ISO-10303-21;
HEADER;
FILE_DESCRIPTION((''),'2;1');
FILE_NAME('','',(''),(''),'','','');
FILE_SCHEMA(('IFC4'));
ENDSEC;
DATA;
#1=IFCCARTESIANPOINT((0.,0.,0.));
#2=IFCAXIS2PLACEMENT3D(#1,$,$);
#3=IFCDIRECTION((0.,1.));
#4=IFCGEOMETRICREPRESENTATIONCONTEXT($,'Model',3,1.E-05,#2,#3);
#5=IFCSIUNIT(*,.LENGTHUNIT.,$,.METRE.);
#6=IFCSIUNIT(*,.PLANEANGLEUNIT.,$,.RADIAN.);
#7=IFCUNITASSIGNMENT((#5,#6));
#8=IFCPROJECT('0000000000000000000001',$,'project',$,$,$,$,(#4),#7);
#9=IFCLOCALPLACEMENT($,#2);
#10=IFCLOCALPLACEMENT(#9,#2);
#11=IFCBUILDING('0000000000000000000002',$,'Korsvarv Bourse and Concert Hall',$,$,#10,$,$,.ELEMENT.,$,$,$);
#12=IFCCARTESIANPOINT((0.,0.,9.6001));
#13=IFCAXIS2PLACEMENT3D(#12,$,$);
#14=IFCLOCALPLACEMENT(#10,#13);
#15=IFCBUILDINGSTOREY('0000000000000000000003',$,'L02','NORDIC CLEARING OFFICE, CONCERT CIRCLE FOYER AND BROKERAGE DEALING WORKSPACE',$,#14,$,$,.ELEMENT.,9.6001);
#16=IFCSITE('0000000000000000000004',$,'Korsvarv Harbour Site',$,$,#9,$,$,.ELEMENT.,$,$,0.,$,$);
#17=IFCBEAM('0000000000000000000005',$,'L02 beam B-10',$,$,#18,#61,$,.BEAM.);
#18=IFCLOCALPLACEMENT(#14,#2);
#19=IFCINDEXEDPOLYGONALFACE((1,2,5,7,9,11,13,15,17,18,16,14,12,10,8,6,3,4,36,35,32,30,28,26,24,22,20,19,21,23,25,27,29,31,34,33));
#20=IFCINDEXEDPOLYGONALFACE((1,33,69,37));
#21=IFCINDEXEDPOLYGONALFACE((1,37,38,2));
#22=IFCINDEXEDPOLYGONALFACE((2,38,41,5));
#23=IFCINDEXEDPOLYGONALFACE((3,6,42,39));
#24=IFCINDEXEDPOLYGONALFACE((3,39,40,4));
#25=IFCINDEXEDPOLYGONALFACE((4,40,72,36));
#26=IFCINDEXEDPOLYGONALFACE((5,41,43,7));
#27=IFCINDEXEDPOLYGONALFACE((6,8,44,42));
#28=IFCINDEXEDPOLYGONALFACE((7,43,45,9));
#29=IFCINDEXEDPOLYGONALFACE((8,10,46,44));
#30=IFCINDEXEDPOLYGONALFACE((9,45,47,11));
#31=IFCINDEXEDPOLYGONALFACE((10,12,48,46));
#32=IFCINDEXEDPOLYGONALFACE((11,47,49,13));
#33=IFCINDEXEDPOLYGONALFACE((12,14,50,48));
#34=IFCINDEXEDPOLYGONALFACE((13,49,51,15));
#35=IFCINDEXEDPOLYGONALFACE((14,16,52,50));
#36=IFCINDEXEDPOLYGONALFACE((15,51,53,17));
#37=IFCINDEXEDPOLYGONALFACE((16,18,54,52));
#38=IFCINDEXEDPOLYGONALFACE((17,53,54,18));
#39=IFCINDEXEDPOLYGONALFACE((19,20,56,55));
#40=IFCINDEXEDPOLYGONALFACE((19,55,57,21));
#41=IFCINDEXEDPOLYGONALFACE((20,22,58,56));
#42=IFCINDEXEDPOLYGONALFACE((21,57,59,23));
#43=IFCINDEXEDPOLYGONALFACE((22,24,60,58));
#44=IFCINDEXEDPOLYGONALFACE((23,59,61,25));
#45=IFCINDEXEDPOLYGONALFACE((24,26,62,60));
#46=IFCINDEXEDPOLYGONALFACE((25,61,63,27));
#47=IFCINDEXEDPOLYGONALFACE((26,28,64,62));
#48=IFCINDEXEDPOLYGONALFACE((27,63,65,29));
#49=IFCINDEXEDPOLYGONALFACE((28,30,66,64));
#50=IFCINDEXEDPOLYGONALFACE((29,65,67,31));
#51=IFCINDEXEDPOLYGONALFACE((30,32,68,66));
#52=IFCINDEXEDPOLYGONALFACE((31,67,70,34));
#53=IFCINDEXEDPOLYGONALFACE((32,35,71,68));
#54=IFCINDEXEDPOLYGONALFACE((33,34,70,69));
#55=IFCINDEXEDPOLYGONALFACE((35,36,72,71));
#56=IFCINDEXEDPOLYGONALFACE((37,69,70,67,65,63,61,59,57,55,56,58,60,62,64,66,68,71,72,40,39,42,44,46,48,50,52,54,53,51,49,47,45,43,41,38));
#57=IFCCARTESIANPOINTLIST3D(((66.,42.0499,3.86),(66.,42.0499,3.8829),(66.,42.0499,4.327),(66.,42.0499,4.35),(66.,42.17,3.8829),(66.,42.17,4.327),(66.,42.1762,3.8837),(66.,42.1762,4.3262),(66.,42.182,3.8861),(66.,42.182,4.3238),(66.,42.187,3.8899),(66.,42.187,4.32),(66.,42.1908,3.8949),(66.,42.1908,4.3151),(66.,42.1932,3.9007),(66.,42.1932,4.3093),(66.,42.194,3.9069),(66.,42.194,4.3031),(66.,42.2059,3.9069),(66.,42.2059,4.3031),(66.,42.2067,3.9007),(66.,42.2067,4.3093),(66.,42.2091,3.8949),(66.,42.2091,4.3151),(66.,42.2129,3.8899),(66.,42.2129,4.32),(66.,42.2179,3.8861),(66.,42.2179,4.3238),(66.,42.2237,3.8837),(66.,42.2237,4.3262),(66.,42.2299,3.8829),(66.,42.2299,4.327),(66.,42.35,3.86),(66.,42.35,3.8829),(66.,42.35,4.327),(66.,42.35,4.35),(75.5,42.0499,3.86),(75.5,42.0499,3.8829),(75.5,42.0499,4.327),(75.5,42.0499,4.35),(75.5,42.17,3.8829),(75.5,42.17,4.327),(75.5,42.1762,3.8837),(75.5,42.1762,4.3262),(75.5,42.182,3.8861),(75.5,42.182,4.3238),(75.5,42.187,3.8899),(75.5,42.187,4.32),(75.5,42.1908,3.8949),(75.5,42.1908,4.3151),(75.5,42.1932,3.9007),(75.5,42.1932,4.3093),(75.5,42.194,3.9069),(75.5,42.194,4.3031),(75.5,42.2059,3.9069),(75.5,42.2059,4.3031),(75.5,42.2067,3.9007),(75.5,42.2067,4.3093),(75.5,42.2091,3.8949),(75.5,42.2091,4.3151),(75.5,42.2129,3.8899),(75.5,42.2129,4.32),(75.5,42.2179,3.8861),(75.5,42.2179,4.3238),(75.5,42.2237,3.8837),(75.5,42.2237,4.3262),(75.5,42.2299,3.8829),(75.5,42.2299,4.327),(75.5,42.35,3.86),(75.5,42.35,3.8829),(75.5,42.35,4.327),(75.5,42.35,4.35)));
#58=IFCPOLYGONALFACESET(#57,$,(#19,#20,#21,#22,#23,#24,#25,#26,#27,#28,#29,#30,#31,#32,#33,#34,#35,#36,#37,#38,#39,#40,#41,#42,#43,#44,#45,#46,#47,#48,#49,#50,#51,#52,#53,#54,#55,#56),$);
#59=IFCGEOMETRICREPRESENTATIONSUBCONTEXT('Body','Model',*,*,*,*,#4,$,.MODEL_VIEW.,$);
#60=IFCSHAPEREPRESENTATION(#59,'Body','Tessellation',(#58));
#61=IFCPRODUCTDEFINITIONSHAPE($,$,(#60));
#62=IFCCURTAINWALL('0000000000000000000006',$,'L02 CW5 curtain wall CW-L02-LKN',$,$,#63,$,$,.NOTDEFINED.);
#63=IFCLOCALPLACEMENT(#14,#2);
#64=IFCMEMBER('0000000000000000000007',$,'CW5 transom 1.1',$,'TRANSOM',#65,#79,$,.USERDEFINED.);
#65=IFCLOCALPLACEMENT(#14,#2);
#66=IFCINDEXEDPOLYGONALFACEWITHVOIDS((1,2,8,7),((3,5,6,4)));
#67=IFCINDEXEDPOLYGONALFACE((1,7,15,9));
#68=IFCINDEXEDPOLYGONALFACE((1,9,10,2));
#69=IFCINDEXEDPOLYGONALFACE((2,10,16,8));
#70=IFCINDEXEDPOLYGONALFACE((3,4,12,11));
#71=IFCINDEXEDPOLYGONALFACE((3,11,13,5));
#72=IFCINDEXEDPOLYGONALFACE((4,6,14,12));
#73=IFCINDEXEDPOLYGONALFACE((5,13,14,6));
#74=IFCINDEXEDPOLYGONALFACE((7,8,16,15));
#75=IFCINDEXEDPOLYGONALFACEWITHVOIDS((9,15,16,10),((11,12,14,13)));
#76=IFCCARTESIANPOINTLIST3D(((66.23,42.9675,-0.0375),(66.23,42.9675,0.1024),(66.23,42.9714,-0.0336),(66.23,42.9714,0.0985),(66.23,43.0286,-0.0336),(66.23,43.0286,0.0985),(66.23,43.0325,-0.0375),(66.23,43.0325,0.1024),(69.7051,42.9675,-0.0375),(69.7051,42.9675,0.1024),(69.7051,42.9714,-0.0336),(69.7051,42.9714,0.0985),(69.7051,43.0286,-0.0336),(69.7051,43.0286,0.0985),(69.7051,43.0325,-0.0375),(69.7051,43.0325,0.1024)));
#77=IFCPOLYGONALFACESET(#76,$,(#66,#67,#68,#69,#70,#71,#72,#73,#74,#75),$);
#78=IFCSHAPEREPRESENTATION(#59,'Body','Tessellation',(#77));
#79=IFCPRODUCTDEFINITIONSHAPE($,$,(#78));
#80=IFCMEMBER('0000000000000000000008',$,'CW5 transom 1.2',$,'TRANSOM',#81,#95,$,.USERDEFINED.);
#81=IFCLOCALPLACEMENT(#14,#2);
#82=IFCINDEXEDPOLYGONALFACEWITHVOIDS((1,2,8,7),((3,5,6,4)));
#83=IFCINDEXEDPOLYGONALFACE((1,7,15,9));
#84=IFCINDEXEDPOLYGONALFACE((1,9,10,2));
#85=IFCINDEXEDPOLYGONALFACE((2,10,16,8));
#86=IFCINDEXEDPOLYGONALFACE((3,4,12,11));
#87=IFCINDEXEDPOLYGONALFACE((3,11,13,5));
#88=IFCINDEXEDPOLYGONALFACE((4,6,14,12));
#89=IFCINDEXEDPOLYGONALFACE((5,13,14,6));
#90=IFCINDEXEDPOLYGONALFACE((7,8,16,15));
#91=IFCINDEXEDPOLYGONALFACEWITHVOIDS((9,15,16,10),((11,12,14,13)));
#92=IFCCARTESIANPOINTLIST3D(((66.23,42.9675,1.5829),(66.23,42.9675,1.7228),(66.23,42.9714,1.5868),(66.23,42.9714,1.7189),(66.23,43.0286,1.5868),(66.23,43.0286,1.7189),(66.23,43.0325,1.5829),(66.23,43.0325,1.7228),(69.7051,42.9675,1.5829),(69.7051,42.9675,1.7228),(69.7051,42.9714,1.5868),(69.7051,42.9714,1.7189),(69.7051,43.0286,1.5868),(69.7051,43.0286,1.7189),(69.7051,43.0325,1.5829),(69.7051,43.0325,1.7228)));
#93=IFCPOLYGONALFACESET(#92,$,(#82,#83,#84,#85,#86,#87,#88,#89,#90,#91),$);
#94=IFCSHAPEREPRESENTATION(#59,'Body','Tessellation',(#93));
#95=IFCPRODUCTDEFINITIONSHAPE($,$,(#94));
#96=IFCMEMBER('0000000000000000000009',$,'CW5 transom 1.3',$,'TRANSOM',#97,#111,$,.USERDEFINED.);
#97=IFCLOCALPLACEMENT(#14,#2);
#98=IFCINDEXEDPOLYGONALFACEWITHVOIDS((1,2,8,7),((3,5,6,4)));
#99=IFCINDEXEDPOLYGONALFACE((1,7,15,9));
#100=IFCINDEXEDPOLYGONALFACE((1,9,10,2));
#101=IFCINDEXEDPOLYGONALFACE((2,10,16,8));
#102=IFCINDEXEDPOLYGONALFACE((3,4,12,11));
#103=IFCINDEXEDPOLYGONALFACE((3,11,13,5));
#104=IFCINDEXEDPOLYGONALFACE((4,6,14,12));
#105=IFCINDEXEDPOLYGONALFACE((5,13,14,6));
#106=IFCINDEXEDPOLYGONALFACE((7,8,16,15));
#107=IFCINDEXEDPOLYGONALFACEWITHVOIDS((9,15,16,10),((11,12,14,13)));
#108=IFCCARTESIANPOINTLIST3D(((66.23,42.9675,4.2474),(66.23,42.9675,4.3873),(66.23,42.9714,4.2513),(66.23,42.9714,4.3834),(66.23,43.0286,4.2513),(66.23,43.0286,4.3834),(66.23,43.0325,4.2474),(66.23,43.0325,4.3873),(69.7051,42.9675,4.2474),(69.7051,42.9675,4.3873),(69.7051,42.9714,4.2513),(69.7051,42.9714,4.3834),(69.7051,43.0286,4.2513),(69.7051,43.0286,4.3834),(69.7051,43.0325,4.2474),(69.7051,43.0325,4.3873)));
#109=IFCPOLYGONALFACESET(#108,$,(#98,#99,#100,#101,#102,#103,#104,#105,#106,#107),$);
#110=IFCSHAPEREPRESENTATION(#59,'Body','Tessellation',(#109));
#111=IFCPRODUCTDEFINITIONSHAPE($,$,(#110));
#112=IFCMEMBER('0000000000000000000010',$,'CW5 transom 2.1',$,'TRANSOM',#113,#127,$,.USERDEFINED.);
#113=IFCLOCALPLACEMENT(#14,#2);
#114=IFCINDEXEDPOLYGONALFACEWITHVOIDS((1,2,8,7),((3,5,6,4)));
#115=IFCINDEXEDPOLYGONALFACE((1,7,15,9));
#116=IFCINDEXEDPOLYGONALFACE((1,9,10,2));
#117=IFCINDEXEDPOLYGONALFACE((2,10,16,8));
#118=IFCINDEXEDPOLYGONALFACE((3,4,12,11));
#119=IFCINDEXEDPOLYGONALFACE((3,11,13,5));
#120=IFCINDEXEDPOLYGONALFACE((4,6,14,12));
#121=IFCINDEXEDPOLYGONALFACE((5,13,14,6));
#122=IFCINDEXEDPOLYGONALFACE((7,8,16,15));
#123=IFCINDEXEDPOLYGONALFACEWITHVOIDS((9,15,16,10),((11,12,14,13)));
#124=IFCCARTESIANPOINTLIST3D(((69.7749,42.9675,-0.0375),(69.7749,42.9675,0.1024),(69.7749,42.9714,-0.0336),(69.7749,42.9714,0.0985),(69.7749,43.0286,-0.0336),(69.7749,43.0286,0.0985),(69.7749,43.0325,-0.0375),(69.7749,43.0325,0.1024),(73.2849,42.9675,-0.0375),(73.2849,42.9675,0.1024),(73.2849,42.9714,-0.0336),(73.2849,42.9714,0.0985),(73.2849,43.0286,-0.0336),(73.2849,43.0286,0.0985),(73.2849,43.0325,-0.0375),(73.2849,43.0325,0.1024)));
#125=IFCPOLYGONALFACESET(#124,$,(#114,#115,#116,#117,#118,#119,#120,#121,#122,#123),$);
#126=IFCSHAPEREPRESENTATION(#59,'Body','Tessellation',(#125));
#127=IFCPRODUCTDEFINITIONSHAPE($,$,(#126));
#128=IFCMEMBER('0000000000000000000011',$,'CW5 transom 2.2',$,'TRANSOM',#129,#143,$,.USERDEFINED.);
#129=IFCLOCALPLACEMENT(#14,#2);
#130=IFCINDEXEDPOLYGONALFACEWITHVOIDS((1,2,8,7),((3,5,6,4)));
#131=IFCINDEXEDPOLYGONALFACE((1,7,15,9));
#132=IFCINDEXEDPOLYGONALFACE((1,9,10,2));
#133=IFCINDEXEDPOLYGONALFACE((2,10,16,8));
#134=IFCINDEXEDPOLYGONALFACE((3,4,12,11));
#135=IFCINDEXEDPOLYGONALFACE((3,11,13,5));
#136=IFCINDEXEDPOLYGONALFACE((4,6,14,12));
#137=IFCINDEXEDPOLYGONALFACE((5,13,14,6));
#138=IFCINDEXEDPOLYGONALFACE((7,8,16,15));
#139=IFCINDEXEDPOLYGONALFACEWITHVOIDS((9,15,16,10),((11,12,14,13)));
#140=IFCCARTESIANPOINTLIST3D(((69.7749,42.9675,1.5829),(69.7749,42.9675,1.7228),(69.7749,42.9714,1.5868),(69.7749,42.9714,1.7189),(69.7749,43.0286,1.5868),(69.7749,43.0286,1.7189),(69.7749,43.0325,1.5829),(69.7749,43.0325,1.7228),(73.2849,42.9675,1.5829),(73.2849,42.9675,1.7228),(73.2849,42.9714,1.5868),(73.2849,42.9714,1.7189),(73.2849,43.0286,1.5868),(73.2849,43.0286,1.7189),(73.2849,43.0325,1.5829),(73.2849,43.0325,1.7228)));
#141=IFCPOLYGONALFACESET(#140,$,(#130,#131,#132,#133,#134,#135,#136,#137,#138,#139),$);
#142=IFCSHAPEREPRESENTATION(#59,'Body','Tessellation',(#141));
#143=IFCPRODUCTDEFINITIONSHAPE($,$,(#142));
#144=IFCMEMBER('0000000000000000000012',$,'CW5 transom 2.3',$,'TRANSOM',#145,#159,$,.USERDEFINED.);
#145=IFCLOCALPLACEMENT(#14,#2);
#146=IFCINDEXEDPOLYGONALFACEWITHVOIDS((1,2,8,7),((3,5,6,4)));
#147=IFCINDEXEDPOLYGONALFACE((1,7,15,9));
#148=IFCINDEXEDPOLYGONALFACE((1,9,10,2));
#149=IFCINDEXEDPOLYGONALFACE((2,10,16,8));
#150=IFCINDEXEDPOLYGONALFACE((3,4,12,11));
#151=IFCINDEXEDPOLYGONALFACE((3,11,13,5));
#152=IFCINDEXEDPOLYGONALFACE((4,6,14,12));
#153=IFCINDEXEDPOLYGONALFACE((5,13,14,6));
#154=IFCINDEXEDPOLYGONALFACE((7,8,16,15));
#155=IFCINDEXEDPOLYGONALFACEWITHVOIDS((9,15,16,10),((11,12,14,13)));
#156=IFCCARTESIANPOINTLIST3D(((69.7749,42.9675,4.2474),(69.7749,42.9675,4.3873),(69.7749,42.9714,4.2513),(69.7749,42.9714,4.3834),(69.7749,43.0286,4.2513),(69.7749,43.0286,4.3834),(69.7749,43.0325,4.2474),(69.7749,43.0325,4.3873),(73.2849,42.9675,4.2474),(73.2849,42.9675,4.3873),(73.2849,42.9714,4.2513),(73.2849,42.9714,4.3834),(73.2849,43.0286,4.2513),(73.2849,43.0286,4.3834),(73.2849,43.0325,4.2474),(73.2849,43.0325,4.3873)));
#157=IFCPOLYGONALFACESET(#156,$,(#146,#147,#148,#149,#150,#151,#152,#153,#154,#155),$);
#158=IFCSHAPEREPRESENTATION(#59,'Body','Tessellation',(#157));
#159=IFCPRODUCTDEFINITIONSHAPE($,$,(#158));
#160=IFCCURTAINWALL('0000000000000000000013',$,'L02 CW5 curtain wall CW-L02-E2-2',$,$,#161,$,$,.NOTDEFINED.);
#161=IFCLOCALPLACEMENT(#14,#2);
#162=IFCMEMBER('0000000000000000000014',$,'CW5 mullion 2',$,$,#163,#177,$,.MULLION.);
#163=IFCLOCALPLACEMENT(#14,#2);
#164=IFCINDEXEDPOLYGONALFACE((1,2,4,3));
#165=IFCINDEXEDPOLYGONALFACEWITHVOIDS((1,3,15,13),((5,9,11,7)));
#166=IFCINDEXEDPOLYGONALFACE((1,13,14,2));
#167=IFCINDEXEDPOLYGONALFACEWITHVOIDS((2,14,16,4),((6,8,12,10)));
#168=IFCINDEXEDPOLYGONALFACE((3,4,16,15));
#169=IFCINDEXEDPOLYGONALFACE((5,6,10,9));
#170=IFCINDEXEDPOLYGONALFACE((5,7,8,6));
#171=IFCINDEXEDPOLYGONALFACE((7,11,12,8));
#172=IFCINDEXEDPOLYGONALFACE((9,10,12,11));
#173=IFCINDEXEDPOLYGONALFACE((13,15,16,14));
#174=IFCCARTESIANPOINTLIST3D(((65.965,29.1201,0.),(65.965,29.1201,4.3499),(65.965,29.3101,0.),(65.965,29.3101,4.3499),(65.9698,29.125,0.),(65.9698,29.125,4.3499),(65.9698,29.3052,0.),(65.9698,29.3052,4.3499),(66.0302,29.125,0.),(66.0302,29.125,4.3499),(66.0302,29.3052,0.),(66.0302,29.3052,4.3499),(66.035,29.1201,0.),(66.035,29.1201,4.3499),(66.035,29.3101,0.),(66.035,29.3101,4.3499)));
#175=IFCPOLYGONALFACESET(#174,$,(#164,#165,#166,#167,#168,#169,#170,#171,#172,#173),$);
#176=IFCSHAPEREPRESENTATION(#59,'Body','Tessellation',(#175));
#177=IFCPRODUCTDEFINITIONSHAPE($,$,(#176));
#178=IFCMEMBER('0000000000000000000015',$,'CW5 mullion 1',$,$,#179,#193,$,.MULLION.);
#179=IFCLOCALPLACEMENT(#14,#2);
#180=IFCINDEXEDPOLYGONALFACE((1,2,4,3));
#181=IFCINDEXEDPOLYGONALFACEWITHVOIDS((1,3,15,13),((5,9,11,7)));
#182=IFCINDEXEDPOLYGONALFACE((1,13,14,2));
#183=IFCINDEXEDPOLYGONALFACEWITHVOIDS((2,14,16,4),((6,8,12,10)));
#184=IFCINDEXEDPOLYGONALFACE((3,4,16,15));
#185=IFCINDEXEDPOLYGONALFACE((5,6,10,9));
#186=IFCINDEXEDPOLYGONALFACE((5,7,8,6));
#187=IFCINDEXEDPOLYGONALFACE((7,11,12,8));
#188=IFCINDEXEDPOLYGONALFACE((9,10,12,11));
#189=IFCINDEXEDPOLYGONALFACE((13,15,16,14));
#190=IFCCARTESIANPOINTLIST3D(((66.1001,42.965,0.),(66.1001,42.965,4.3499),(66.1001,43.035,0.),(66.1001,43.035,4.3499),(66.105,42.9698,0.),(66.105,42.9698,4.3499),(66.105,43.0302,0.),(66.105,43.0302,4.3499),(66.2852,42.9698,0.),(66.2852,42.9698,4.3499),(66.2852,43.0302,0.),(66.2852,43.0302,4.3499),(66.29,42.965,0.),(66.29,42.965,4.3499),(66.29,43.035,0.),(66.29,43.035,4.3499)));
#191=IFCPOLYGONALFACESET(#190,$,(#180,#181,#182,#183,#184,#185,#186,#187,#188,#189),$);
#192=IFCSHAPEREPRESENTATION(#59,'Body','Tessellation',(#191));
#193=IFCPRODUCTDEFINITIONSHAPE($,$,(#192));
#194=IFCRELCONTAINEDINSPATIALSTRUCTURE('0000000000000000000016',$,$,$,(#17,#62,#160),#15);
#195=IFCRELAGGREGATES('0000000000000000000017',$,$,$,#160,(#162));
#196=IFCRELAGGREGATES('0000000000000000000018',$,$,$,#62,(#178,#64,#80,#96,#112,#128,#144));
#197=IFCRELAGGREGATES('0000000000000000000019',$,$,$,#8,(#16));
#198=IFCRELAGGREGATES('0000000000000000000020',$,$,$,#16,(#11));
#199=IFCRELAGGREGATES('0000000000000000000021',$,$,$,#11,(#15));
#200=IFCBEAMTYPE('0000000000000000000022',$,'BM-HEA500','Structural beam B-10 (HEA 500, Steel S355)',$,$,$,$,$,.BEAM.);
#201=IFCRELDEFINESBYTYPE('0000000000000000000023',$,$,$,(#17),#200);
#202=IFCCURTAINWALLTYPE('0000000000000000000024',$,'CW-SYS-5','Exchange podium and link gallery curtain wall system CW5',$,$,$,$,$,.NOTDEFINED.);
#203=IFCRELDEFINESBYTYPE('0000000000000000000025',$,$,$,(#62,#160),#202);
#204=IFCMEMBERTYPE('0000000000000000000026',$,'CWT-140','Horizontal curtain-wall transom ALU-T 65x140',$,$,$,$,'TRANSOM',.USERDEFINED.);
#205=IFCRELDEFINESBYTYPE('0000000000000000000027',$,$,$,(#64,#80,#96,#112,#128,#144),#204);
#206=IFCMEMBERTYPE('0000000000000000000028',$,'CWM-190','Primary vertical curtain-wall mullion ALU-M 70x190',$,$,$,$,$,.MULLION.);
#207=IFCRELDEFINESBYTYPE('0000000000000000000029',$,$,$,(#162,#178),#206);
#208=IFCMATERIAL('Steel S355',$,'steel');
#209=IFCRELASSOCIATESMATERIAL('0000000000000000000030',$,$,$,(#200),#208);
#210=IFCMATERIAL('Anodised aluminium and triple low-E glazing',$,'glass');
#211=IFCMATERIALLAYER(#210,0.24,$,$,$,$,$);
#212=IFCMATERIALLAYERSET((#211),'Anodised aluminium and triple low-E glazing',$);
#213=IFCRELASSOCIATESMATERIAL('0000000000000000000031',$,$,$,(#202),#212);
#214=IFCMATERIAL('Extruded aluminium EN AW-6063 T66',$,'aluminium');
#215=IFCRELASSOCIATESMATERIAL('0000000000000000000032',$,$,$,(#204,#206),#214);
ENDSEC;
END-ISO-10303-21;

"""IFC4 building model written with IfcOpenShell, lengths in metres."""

from ifc_helpers import new_model, si_unit, direction, frame, origin, origin_2d, place, context, subcontext, project, spatial, hollow_rectangle, i_section, extrude, source, transform, mapped, material, layer, layer_set, material_profile, profile_set, type_object, element, aggregate, save


model = new_model("IFC4")

# Units and contexts
model_context = context("Model", 3, precision=1e-05, world=origin(), true_north=direction((0.0, 1.0)))
body_context = subcontext(model_context, "Body", "Model", "MODEL_VIEW")
ifc_project = project(units=[si_unit("LENGTHUNIT", "METRE"), si_unit("PLANEANGLEUNIT", "RADIAN")], contexts=[model_context])

# Site, building, storey
site_placement = place(None, origin())
site = spatial("IfcSite", under=ifc_project, at=site_placement, Name="Korsvarv Harbour Site", CompositionType="ELEMENT", RefElevation=0.0)
building_placement = place(site_placement, origin())
building = spatial("IfcBuilding", under=site, at=building_placement, Name="Korsvarv Bourse and Concert Hall", CompositionType="ELEMENT")
storey_placement = place(building_placement, frame((0.0, 0.0, 9.6001)))
storey = spatial("IfcBuildingStorey", under=building, at=storey_placement, Name="L02", Description="NORDIC CLEARING OFFICE, CONCERT CIRCLE FOYER AND BROKERAGE DEALING WORKSPACE", CompositionType="ELEMENT", Elevation=9.6001)

# Beam
ifc_material_1 = material(Name="Steel S355", Category="steel")
ifc_material_profile_1 = material_profile(ifc_material_1, i_section(OverallWidth=0.3, OverallDepth=0.49, WebThickness=0.012, FlangeThickness=0.0229, FilletRadius=0.0239, at=origin_2d()), Name="HEA 500")
ifc_profile_set_1 = profile_set([ifc_material_profile_1], Name="Steel S355")
beam_type = type_object("IfcBeamType", Name="BM-HEA500", Description="Structural beam B-10 (HEA 500, Steel S355)", PredefinedType="BEAM", material=ifc_profile_set_1)
shared_shape_1 = source(origin(), body_context, "Body", "SweptSolid", [
    extrude(i_section(OverallWidth=0.3, OverallDepth=0.49, WebThickness=0.012, FlangeThickness=0.0229, FilletRadius=0.0239, at=origin_2d()), origin(), (0.0, 0.0, 1.0), 9.5),
])
for number, where, z_axis, x_axis, name in (
    (1, (66.0, 42.2, 4.105), (1.0, 0.0, 0.0), (0.0, 1.0, 0.0), "L02 beam B-10"),
):
    element("IfcBeam", number, at=place(storey_placement, frame(where, z_axis=z_axis, x_axis=x_axis)), inside=storey, type_object=beam_type, Name=name, PredefinedType="BEAM", context=body_context, shape_type="MappedRepresentation", body=[
        mapped(shared_shape_1, transform((0.0, 0.0, 0.0), scale=1.0)),
    ])

# Curtain wall, members
ifc_material_2 = material(Name="Anodised aluminium and triple low-E glazing", Category="glass")
ifc_layer_1 = layer(ifc_material_2, 0.24)
ifc_layer_set_1 = layer_set([ifc_layer_1], Name="Anodised aluminium and triple low-E glazing")
curtain_wall_type = type_object("IfcCurtainWallType", Name="CW-SYS-5", Description="Exchange podium and link gallery curtain wall system CW5", PredefinedType="NOTDEFINED", material=ifc_layer_set_1)
curtain_wall_1_placement = place(storey_placement, origin())
curtain_wall_1 = element("IfcCurtainWall", 2, at=curtain_wall_1_placement, inside=storey, type_object=curtain_wall_type, Name="L02 CW5 curtain wall CW-L02-LKN", PredefinedType="NOTDEFINED")
ifc_material_3 = material(Name="Extruded aluminium EN AW-6063 T66", Category="aluminium")
ifc_material_profile_2 = material_profile(ifc_material_3, hollow_rectangle(XDim=0.0649, YDim=0.1399, WallThickness=0.0039, at=origin_2d()), Name="ALU-T 65x140")
ifc_profile_set_2 = profile_set([ifc_material_profile_2], Name="Extruded aluminium EN AW-6063 T66")
member_type_1 = type_object("IfcMemberType", Name="CWT-140", Description="Horizontal curtain-wall transom ALU-T 65x140", ElementType="TRANSOM", PredefinedType="USERDEFINED", material=ifc_profile_set_2)
shared_shape_2 = source(origin(), body_context, "Body", "SweptSolid", [
    extrude(hollow_rectangle(XDim=0.0649, YDim=0.1399, WallThickness=0.0039, at=origin_2d()), origin(), (0.0, 0.0, 1.0), 3.4751),
])
member_1_placement = place(storey_placement, frame((66.23, 43.0, 0.0325), z_axis=(1.0, 0.0, 0.0), x_axis=(0.0, 1.0, 0.0)))
member_1 = element("IfcMember", 3, at=member_1_placement, type_object=member_type_1, Name="CW5 transom 1.1", ObjectType="TRANSOM", PredefinedType="USERDEFINED", context=body_context, shape_type="MappedRepresentation", body=[
    mapped(shared_shape_2, transform((0.0, 0.0, 0.0), scale=1.0)),
])
member_2_placement = place(storey_placement, frame((66.23, 43.0, 1.6528), z_axis=(1.0, 0.0, 0.0), x_axis=(0.0, 1.0, 0.0)))
member_2 = element("IfcMember", 4, at=member_2_placement, type_object=member_type_1, Name="CW5 transom 1.2", ObjectType="TRANSOM", PredefinedType="USERDEFINED", context=body_context, shape_type="MappedRepresentation", body=[
    mapped(shared_shape_2, transform((0.0, 0.0, 0.0), scale=1.0)),
])
member_3_placement = place(storey_placement, frame((66.23, 43.0, 4.3174), z_axis=(1.0, 0.0, 0.0), x_axis=(0.0, 1.0, 0.0)))
member_3 = element("IfcMember", 5, at=member_3_placement, type_object=member_type_1, Name="CW5 transom 1.3", ObjectType="TRANSOM", PredefinedType="USERDEFINED", context=body_context, shape_type="MappedRepresentation", body=[
    mapped(shared_shape_2, transform((0.0, 0.0, 0.0), scale=1.0)),
])
shared_shape_3 = source(origin(), body_context, "Body", "SweptSolid", [
    extrude(hollow_rectangle(XDim=0.0649, YDim=0.1399, WallThickness=0.0039, at=origin_2d()), origin(), (0.0, 0.0, 1.0), 3.51),
])
member_4_placement = place(storey_placement, frame((69.7749, 43.0, 0.0325), z_axis=(1.0, 0.0, 0.0), x_axis=(0.0, 1.0, 0.0)))
member_4 = element("IfcMember", 6, at=member_4_placement, type_object=member_type_1, Name="CW5 transom 2.1", ObjectType="TRANSOM", PredefinedType="USERDEFINED", context=body_context, shape_type="MappedRepresentation", body=[
    mapped(shared_shape_3, transform((0.0, 0.0, 0.0), scale=1.0)),
])
member_5_placement = place(storey_placement, frame((69.7749, 43.0, 1.6528), z_axis=(1.0, 0.0, 0.0), x_axis=(0.0, 1.0, 0.0)))
member_5 = element("IfcMember", 7, at=member_5_placement, type_object=member_type_1, Name="CW5 transom 2.2", ObjectType="TRANSOM", PredefinedType="USERDEFINED", context=body_context, shape_type="MappedRepresentation", body=[
    mapped(shared_shape_3, transform((0.0, 0.0, 0.0), scale=1.0)),
])
member_6_placement = place(storey_placement, frame((69.7749, 43.0, 4.3174), z_axis=(1.0, 0.0, 0.0), x_axis=(0.0, 1.0, 0.0)))
member_6 = element("IfcMember", 8, at=member_6_placement, type_object=member_type_1, Name="CW5 transom 2.3", ObjectType="TRANSOM", PredefinedType="USERDEFINED", context=body_context, shape_type="MappedRepresentation", body=[
    mapped(shared_shape_3, transform((0.0, 0.0, 0.0), scale=1.0)),
])

# Curtain wall, member
curtain_wall_2_placement = place(storey_placement, origin())
curtain_wall_2 = element("IfcCurtainWall", 9, at=curtain_wall_2_placement, inside=storey, type_object=curtain_wall_type, Name="L02 CW5 curtain wall CW-L02-E2-2", PredefinedType="NOTDEFINED")
ifc_material_profile_3 = material_profile(ifc_material_3, hollow_rectangle(XDim=0.0701, YDim=0.1899, WallThickness=0.0049, at=origin_2d()), Name="ALU-M 70x190")
ifc_profile_set_3 = profile_set([ifc_material_profile_3], Name="Extruded aluminium EN AW-6063 T66")
member_type_2 = type_object("IfcMemberType", Name="CWM-190", Description="Primary vertical curtain-wall mullion ALU-M 70x190", PredefinedType="MULLION", material=ifc_profile_set_3)
shared_shape_4 = source(origin(), body_context, "Body", "SweptSolid", [
    extrude(hollow_rectangle(XDim=0.0701, YDim=0.1899, WallThickness=0.0049, at=origin_2d()), origin(), (0.0, 0.0, 1.0), 4.3499),
])
member_7_placement = place(storey_placement, frame((66.0, 29.2151, 0.0), z_axis=(0.0, 0.0, 1.0), x_axis=(-1.0, 0.0, 0.0)))
member_7 = element("IfcMember", 10, at=member_7_placement, type_object=member_type_2, Name="CW5 mullion 2", PredefinedType="MULLION", context=body_context, shape_type="MappedRepresentation", body=[
    mapped(shared_shape_4, transform((0.0, 0.0, 0.0), scale=1.0)),
])
aggregate(curtain_wall_2, [member_7])

# Member
member_8_placement = place(storey_placement, frame((66.1951, 43.0, 0.0), z_axis=(0.0, 0.0, 1.0), x_axis=(0.0, 1.0, 0.0)))
member_8 = element("IfcMember", 11, at=member_8_placement, type_object=member_type_2, Name="CW5 mullion 1", PredefinedType="MULLION", context=body_context, shape_type="MappedRepresentation", body=[
    mapped(shared_shape_4, transform((0.0, 0.0, 0.0), scale=1.0)),
])

aggregate(curtain_wall_1, [member_8, member_1, member_2, member_3, member_4, member_5, member_6])

save(model, "model.ifc")
